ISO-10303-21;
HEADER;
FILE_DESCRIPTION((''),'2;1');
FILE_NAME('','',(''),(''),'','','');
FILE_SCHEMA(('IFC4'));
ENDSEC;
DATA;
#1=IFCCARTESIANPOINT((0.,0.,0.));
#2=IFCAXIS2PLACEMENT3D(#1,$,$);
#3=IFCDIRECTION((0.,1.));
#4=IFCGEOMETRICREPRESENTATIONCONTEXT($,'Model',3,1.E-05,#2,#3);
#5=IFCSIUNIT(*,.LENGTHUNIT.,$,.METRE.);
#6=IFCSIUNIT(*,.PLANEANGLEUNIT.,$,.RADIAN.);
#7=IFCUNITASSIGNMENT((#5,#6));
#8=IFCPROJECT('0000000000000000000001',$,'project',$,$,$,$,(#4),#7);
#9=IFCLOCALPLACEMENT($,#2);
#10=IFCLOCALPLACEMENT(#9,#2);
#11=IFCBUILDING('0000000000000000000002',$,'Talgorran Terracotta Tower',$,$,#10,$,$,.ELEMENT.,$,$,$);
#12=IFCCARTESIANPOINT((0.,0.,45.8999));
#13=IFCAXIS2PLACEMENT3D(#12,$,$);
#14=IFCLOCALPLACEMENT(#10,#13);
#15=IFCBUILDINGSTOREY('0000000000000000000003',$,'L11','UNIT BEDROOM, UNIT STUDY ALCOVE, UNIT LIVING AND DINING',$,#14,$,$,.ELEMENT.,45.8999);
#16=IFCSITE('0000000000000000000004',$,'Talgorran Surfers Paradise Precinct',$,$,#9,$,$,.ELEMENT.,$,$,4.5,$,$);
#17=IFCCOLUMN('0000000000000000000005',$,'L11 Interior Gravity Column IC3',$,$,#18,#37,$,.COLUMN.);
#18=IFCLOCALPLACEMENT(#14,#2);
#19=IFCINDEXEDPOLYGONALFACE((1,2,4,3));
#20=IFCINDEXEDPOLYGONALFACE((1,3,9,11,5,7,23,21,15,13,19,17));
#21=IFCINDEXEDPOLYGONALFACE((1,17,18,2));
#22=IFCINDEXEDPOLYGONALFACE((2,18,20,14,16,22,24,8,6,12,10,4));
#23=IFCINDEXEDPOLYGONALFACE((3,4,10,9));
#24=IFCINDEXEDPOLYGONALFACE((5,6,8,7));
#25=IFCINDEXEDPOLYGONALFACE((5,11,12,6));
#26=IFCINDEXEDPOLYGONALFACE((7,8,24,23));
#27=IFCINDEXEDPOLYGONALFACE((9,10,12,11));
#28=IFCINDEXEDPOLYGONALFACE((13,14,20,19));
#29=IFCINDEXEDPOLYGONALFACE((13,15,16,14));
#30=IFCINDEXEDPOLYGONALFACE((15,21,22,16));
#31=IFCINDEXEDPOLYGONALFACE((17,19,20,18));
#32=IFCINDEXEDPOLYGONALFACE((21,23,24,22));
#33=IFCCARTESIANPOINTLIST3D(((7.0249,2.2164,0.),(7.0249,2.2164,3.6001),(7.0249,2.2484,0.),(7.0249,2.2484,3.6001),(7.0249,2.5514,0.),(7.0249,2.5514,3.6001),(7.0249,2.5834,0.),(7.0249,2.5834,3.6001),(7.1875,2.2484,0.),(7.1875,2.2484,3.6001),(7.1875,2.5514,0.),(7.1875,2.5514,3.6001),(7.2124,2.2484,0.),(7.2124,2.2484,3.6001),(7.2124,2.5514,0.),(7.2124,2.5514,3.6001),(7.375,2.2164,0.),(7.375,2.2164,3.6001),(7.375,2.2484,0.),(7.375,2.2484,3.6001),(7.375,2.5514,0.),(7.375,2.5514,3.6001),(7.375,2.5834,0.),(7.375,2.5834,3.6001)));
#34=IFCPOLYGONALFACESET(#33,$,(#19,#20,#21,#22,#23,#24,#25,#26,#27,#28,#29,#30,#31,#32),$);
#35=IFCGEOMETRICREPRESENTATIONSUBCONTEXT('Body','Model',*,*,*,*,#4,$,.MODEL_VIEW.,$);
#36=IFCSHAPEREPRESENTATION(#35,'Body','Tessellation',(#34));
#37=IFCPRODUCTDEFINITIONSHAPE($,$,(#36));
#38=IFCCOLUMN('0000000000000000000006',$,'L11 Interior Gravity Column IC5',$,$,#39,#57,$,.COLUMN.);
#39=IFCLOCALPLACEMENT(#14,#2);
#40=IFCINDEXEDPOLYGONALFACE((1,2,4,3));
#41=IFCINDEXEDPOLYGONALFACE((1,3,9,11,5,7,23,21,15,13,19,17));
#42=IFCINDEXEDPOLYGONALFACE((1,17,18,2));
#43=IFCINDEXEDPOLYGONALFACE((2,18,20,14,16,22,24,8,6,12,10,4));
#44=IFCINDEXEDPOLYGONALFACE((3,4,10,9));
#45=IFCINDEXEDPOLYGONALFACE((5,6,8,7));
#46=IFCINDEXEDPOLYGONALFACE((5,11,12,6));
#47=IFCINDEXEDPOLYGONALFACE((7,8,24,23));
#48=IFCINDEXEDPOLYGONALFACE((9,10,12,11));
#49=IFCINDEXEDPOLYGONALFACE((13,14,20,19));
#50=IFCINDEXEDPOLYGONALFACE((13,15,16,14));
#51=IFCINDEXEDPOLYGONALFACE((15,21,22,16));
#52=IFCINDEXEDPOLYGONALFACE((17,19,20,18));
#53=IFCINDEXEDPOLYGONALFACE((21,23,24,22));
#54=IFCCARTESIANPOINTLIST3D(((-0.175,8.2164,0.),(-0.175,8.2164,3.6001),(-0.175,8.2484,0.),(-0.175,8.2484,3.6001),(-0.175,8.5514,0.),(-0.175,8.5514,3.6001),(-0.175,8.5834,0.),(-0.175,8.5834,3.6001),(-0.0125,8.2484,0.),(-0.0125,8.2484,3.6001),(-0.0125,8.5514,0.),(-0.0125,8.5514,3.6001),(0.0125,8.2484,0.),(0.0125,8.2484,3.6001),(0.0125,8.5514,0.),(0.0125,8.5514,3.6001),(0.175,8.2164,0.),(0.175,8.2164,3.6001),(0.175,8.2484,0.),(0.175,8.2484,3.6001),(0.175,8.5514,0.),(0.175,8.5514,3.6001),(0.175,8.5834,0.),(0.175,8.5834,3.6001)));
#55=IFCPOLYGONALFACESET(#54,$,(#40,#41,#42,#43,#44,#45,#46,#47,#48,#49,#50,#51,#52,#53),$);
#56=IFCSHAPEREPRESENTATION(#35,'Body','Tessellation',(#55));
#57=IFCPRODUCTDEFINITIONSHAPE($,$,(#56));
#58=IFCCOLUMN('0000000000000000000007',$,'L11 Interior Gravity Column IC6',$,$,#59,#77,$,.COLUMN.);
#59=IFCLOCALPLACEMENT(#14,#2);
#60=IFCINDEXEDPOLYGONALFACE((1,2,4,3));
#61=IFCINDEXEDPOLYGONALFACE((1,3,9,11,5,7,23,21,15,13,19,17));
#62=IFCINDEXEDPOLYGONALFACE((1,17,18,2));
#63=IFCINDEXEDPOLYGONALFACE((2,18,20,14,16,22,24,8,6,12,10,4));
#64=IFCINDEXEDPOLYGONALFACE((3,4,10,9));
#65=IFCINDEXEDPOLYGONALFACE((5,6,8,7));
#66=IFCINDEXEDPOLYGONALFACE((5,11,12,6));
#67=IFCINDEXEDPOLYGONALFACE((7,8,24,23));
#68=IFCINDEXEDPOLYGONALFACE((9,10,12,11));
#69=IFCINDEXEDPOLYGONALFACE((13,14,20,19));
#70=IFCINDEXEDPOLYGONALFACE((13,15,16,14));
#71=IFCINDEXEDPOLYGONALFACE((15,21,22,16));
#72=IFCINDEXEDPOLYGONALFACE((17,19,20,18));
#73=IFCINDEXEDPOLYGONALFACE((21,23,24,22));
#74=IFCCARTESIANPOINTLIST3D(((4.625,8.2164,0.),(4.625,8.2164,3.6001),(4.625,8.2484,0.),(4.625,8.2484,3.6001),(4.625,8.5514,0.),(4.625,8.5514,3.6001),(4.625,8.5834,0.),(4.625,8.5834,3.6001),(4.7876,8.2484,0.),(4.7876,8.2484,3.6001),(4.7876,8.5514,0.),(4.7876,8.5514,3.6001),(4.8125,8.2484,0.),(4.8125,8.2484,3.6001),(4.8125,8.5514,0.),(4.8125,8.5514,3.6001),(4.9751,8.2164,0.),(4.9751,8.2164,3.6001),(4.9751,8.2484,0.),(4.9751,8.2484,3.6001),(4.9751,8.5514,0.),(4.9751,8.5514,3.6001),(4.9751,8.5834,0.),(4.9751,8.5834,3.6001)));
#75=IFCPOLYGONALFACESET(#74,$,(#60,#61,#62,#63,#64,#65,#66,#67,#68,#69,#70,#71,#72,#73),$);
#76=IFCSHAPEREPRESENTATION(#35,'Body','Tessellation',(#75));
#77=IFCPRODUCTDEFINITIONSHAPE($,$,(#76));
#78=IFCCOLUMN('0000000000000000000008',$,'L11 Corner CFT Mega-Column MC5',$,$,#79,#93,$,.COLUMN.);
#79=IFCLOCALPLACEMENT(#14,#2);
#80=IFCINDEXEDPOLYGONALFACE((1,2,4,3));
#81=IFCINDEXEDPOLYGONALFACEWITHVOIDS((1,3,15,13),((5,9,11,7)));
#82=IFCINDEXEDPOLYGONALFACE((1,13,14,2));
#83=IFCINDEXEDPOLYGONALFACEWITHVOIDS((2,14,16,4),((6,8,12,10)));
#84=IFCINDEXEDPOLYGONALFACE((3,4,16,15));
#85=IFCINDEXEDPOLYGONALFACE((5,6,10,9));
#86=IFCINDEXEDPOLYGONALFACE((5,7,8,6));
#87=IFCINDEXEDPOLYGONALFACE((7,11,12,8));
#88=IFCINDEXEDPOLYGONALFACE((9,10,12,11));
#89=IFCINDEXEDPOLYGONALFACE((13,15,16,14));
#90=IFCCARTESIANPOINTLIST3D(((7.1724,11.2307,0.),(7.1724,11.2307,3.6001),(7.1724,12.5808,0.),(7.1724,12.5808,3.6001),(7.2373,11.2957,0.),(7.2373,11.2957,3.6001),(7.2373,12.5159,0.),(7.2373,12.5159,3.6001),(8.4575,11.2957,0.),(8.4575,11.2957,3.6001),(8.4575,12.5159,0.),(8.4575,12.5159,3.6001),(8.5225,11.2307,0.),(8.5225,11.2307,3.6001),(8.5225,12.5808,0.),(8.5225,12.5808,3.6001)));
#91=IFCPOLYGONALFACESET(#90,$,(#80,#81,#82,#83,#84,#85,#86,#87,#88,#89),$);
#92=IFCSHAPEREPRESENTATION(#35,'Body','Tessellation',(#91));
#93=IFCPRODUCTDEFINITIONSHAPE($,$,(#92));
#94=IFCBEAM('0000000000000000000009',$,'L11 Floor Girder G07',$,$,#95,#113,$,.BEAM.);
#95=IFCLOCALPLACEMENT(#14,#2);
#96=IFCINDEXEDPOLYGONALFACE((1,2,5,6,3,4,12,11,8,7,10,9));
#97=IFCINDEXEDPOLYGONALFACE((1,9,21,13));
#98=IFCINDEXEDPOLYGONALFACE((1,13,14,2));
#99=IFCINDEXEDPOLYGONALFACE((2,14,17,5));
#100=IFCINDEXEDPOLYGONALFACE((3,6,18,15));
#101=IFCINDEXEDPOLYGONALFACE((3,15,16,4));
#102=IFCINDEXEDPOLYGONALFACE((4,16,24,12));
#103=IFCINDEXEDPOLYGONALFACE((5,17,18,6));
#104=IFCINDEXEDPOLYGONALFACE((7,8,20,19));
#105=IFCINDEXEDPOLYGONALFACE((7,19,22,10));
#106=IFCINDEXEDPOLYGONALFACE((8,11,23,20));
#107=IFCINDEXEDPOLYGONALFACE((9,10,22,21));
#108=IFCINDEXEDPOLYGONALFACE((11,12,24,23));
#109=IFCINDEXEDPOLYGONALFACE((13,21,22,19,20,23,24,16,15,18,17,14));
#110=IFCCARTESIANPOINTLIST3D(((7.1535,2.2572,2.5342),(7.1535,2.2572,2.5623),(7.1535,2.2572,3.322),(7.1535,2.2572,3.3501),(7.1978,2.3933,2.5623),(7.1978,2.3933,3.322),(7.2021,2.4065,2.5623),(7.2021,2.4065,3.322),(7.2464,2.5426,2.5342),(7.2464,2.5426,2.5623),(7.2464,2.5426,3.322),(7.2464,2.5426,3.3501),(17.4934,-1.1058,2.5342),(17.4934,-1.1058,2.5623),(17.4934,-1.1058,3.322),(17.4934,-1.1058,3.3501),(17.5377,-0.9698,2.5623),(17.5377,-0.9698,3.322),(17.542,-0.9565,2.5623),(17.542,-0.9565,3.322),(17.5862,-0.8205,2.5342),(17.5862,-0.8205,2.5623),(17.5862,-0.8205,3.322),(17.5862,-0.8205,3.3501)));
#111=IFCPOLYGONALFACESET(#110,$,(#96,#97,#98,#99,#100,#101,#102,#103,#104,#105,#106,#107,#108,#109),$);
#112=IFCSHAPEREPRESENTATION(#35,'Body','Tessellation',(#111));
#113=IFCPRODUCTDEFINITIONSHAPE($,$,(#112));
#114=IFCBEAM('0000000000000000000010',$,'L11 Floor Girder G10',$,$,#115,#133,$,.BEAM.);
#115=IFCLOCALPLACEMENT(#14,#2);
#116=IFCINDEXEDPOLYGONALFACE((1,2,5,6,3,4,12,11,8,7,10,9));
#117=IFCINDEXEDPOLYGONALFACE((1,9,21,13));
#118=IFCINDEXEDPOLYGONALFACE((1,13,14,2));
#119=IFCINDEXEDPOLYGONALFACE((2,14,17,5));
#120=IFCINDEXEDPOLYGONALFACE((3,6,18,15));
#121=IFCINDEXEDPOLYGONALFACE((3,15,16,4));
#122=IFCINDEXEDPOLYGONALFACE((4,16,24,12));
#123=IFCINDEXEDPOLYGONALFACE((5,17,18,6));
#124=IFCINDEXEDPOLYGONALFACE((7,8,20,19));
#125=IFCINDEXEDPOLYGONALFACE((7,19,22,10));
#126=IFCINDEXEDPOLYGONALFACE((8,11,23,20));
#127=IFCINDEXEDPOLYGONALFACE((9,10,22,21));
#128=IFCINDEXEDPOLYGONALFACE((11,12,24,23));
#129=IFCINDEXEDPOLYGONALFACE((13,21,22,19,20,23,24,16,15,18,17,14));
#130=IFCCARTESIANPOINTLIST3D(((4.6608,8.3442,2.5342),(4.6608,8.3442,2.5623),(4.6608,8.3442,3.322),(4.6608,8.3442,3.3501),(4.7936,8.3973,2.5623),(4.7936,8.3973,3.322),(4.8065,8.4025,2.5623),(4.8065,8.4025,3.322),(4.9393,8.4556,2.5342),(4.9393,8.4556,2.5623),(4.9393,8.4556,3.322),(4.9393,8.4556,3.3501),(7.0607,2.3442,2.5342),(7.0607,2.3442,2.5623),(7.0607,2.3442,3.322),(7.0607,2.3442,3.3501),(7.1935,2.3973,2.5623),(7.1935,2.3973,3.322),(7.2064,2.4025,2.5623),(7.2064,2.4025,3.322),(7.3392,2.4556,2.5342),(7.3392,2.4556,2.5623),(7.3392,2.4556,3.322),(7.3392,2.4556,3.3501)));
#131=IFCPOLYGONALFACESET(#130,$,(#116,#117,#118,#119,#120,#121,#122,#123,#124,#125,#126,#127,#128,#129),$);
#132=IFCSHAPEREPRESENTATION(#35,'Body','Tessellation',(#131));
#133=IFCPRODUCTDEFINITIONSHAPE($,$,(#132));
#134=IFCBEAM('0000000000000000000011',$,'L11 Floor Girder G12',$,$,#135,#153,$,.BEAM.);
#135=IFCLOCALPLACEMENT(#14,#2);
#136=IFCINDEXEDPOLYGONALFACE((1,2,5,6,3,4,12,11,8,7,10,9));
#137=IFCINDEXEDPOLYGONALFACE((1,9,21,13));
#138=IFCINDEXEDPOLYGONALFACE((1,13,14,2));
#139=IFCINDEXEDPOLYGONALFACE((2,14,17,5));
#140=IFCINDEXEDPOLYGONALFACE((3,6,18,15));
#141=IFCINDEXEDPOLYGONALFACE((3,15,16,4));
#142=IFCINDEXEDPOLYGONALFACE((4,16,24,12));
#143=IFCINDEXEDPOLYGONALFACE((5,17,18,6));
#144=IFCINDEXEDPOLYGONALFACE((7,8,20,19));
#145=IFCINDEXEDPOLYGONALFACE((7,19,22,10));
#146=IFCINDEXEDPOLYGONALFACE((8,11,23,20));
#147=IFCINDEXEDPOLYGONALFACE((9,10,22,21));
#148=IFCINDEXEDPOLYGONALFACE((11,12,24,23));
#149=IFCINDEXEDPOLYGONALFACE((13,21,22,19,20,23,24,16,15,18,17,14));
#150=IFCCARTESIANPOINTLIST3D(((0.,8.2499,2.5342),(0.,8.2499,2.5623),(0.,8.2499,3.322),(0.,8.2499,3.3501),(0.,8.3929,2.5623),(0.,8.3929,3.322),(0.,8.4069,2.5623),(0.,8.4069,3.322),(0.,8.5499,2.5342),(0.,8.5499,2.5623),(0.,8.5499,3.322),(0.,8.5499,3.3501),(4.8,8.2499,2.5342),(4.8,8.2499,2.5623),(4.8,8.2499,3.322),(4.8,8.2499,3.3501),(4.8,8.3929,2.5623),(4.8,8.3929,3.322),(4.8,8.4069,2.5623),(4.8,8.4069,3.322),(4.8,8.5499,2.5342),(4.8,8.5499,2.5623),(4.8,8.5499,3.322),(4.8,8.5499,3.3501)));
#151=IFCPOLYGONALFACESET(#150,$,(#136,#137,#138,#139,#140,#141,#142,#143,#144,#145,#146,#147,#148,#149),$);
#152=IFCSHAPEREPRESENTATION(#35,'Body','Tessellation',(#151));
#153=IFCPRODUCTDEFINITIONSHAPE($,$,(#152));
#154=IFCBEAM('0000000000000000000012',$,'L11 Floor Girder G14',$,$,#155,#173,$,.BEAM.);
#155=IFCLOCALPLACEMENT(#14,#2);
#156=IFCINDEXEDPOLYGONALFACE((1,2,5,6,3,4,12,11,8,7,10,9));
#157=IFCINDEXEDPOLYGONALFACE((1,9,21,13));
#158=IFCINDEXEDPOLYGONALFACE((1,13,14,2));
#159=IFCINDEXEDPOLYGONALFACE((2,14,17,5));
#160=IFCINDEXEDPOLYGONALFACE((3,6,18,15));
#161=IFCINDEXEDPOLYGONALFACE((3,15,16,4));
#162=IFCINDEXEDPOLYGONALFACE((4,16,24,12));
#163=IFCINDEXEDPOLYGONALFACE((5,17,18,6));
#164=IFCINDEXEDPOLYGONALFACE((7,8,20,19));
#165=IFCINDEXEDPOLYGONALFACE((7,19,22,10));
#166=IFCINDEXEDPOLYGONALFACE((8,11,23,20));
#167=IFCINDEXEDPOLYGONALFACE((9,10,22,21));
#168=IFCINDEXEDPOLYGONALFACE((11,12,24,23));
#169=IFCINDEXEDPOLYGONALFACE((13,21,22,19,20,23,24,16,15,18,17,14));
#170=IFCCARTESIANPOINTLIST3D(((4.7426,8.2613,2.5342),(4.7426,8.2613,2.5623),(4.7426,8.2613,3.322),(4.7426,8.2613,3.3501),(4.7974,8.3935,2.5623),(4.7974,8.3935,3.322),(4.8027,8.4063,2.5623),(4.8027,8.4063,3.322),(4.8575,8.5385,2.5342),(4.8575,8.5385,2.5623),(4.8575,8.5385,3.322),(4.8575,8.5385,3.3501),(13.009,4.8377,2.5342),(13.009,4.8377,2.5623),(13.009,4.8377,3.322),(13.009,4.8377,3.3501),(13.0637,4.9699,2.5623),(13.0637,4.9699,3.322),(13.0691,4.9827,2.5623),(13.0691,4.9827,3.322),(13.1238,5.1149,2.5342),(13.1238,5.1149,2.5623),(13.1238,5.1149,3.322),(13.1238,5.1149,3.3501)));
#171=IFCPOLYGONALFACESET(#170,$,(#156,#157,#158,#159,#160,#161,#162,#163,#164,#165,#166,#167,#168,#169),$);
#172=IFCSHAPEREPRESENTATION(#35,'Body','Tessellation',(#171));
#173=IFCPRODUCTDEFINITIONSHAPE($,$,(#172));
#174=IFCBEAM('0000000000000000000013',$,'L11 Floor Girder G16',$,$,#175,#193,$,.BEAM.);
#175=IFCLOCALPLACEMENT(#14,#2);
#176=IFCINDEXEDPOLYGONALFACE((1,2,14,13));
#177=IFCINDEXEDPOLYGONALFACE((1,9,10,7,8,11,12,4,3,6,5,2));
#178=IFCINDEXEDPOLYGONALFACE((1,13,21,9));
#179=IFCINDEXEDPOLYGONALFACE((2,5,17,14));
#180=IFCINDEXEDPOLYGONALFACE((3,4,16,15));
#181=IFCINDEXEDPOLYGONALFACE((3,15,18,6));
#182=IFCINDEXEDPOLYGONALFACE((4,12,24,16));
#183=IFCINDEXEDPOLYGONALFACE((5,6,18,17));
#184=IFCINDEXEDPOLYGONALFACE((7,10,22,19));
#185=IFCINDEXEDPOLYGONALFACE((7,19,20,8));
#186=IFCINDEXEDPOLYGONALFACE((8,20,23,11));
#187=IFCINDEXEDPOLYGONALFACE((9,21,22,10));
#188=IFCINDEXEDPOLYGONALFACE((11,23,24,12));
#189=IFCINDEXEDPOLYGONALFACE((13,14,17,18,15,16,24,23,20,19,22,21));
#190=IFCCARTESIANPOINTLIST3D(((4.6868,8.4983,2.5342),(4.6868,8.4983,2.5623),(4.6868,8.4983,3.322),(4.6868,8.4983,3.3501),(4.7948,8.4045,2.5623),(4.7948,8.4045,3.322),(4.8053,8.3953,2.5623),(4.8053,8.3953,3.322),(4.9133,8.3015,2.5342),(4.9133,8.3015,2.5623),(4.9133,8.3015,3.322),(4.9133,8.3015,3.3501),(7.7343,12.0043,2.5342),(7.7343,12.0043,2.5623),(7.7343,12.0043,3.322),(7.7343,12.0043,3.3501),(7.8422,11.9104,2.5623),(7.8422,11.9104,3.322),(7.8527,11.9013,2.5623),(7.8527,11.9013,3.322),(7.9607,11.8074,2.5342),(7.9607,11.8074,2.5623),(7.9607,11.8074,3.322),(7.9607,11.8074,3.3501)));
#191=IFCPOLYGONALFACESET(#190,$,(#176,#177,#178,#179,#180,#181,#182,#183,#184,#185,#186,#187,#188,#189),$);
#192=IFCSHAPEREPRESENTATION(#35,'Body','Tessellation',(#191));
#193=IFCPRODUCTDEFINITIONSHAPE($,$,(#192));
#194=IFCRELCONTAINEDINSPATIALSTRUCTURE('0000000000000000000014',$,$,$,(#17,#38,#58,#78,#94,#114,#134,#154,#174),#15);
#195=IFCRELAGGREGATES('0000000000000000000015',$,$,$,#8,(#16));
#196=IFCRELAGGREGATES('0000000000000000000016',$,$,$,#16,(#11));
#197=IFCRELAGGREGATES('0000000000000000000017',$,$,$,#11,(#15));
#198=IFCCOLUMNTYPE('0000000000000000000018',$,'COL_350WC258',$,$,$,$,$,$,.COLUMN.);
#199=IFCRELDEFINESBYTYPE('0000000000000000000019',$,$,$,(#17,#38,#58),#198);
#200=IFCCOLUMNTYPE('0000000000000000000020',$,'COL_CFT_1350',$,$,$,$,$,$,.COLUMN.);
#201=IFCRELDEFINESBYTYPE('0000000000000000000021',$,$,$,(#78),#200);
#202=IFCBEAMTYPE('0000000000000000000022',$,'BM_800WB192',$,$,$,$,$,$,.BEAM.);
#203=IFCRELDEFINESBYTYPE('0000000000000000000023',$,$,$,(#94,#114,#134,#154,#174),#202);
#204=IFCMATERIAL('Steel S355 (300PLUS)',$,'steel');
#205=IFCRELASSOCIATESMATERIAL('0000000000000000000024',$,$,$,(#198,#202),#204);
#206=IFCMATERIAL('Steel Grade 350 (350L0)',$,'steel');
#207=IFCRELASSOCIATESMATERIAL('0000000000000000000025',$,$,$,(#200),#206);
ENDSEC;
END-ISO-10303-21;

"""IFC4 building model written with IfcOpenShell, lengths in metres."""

from ifc_helpers import new_model, si_unit, direction, frame, origin, origin_2d, place, context, subcontext, project, spatial, hollow_rectangle, i_section, extrude, material, material_profile, profile_set, type_object, element, save


model = new_model("IFC4")

# Units and contexts
model_context = context("Model", 3, precision=1e-05, world=origin(), true_north=direction((0.0, 1.0)))
body_context = subcontext(model_context, "Body", "Model", "MODEL_VIEW")
ifc_project = project(units=[si_unit("LENGTHUNIT", "METRE"), si_unit("PLANEANGLEUNIT", "RADIAN")], contexts=[model_context])

# Site, building, storey
site_placement = place(None, origin())
site = spatial("IfcSite", under=ifc_project, at=site_placement, Name="Talgorran Surfers Paradise Precinct", CompositionType="ELEMENT", RefElevation=4.5)
building_placement = place(site_placement, origin())
building = spatial("IfcBuilding", under=site, at=building_placement, Name="Talgorran Terracotta Tower", CompositionType="ELEMENT")
storey_placement = place(building_placement, frame((0.0, 0.0, 45.8999)))
storey = spatial("IfcBuildingStorey", under=building, at=storey_placement, Name="L11", Description="UNIT BEDROOM, UNIT STUDY ALCOVE, UNIT LIVING AND DINING", CompositionType="ELEMENT", Elevation=45.8999)

# Columns
ifc_material_1 = material(Name="Steel S355 (300PLUS)", Category="steel")
ifc_material_profile_1 = material_profile(ifc_material_1, i_section(OverallWidth=0.3501, OverallDepth=0.3669, WebThickness=0.0249, FlangeThickness=0.032, at=origin_2d()), Name="350WC258")
ifc_profile_set_1 = profile_set([ifc_material_profile_1], Name="Steel S355 (300PLUS)")
column_type_1 = type_object("IfcColumnType", Name="COL_350WC258", PredefinedType="COLUMN", material=ifc_profile_set_1)
for number, where, z_axis, x_axis, name in (
    (1, (7.2, 2.3999, 0.0), (0.0, 0.0, 1.0), (1.0, 0.0, 0.0), "L11 Interior Gravity Column IC3"),
    (2, (0.0, 8.3999, 0.0), (0.0, 0.0, 1.0), (1.0, 0.0, 0.0), "L11 Interior Gravity Column IC5"),
    (3, (4.8, 8.3999, 0.0), (0.0, 0.0, 1.0), (1.0, 0.0, 0.0), "L11 Interior Gravity Column IC6"),
):
    element("IfcColumn", number, at=place(storey_placement, frame(where, z_axis=z_axis, x_axis=x_axis)), inside=storey, type_object=column_type_1, Name=name, PredefinedType="COLUMN", context=body_context, shape_type="SweptSolid", body=[
        extrude(i_section(OverallWidth=0.3501, OverallDepth=0.3669, WebThickness=0.0249, FlangeThickness=0.032, at=origin_2d()), origin(), (0.0, 0.0, 1.0), 3.6001),
    ])
ifc_material_2 = material(Name="Steel Grade 350 (350L0)", Category="steel")
ifc_material_profile_2 = material_profile(ifc_material_2, hollow_rectangle(XDim=1.3501, YDim=1.3501, WallThickness=0.0649, at=origin_2d()), Name="CFT1350X1350X65")
ifc_profile_set_2 = profile_set([ifc_material_profile_2], Name="Steel Grade 350 (350L0)")
column_type_2 = type_object("IfcColumnType", Name="COL_CFT_1350", PredefinedType="COLUMN", material=ifc_profile_set_2)
column_placement = place(storey_placement, frame((7.8474, 11.9058, 0.0), z_axis=(0.0, 0.0, 1.0), x_axis=(1.0, 0.0, 0.0)))
element("IfcColumn", 4, at=column_placement, inside=storey, type_object=column_type_2, Name="L11 Corner CFT Mega-Column MC5", PredefinedType="COLUMN", context=body_context, shape_type="SweptSolid", body=[
    extrude(hollow_rectangle(XDim=1.3501, YDim=1.3501, WallThickness=0.0649, at=origin_2d()), origin(), (0.0, 0.0, 1.0), 3.6001),
])

# Beams
ifc_material_profile_3 = material_profile(ifc_material_1, i_section(OverallWidth=0.3, OverallDepth=0.8159, WebThickness=0.0139, FlangeThickness=0.0281, at=origin_2d()), Name="800WB192")
ifc_profile_set_3 = profile_set([ifc_material_profile_3], Name="Steel S355 (300PLUS)")
beam_type_1 = type_object("IfcBeamType", Name="BM_800WB192", PredefinedType="BEAM", material=ifc_profile_set_3)
beam_1_placement = place(storey_placement, frame((7.2, 2.3999, 2.9421), z_axis=(0.950964, -0.309301, 0.0), x_axis=(0.309301, 0.950964, 0.0)))
element("IfcBeam", 5, at=beam_1_placement, inside=storey, type_object=beam_type_1, Name="L11 Floor Girder G07", PredefinedType="BEAM", context=body_context, shape_type="SweptSolid", body=[
    extrude(i_section(OverallWidth=0.3, OverallDepth=0.8159, WebThickness=0.0139, FlangeThickness=0.0281, at=origin_2d()), origin(), (0.0, 0.0, 1.0), 10.873),
])
beam_2_placement = place(storey_placement, frame((7.2, 2.3999, 2.9421), z_axis=(-0.371378, 0.928482, 0.0), x_axis=(-0.928482, -0.371378, 0.0)))
element("IfcBeam", 6, at=beam_2_placement, inside=storey, type_object=beam_type_1, Name="L11 Floor Girder G10", PredefinedType="BEAM", context=body_context, shape_type="SweptSolid", body=[
    extrude(i_section(OverallWidth=0.3, OverallDepth=0.8159, WebThickness=0.0139, FlangeThickness=0.0281, at=origin_2d()), origin(), (0.0, 0.0, 1.0), 6.4622),
])
beam_3_placement = place(storey_placement, frame((0.0, 8.3999, 2.9421), z_axis=(1.0, 0.0, 0.0), x_axis=(0.0, 1.0, 0.0)))
element("IfcBeam", 7, at=beam_3_placement, inside=storey, type_object=beam_type_1, Name="L11 Floor Girder G12", PredefinedType="BEAM", context=body_context, shape_type="SweptSolid", body=[
    extrude(i_section(OverallWidth=0.3, OverallDepth=0.8159, WebThickness=0.0139, FlangeThickness=0.0281, at=origin_2d()), origin(), (0.0, 0.0, 1.0), 4.8),
])
beam_4_placement = place(storey_placement, frame((4.8, 8.3999, 2.9421), z_axis=(0.923897, -0.38264, 0.0), x_axis=(0.38264, 0.923897, 0.0)))
element("IfcBeam", 8, at=beam_4_placement, inside=storey, type_object=beam_type_1, Name="L11 Floor Girder G14", PredefinedType="BEAM", context=body_context, shape_type="SweptSolid", body=[
    extrude(i_section(OverallWidth=0.3, OverallDepth=0.8159, WebThickness=0.0139, FlangeThickness=0.0281, at=origin_2d()), origin(), (0.0, 0.0, 1.0), 8.9473),
])
beam_5_placement = place(storey_placement, frame((4.8, 8.3999, 2.9421), z_axis=(0.65603, 0.754734, 0.0), x_axis=(-0.754734, 0.65603, 0.0)))
element("IfcBeam", 9, at=beam_5_placement, inside=storey, type_object=beam_type_1, Name="L11 Floor Girder G16", PredefinedType="BEAM", context=body_context, shape_type="SweptSolid", body=[
    extrude(i_section(OverallWidth=0.3, OverallDepth=0.8159, WebThickness=0.0139, FlangeThickness=0.0281, at=origin_2d()), origin(), (0.0, 0.0, 1.0), 4.6453),
])

save(model, "model.ifc")
